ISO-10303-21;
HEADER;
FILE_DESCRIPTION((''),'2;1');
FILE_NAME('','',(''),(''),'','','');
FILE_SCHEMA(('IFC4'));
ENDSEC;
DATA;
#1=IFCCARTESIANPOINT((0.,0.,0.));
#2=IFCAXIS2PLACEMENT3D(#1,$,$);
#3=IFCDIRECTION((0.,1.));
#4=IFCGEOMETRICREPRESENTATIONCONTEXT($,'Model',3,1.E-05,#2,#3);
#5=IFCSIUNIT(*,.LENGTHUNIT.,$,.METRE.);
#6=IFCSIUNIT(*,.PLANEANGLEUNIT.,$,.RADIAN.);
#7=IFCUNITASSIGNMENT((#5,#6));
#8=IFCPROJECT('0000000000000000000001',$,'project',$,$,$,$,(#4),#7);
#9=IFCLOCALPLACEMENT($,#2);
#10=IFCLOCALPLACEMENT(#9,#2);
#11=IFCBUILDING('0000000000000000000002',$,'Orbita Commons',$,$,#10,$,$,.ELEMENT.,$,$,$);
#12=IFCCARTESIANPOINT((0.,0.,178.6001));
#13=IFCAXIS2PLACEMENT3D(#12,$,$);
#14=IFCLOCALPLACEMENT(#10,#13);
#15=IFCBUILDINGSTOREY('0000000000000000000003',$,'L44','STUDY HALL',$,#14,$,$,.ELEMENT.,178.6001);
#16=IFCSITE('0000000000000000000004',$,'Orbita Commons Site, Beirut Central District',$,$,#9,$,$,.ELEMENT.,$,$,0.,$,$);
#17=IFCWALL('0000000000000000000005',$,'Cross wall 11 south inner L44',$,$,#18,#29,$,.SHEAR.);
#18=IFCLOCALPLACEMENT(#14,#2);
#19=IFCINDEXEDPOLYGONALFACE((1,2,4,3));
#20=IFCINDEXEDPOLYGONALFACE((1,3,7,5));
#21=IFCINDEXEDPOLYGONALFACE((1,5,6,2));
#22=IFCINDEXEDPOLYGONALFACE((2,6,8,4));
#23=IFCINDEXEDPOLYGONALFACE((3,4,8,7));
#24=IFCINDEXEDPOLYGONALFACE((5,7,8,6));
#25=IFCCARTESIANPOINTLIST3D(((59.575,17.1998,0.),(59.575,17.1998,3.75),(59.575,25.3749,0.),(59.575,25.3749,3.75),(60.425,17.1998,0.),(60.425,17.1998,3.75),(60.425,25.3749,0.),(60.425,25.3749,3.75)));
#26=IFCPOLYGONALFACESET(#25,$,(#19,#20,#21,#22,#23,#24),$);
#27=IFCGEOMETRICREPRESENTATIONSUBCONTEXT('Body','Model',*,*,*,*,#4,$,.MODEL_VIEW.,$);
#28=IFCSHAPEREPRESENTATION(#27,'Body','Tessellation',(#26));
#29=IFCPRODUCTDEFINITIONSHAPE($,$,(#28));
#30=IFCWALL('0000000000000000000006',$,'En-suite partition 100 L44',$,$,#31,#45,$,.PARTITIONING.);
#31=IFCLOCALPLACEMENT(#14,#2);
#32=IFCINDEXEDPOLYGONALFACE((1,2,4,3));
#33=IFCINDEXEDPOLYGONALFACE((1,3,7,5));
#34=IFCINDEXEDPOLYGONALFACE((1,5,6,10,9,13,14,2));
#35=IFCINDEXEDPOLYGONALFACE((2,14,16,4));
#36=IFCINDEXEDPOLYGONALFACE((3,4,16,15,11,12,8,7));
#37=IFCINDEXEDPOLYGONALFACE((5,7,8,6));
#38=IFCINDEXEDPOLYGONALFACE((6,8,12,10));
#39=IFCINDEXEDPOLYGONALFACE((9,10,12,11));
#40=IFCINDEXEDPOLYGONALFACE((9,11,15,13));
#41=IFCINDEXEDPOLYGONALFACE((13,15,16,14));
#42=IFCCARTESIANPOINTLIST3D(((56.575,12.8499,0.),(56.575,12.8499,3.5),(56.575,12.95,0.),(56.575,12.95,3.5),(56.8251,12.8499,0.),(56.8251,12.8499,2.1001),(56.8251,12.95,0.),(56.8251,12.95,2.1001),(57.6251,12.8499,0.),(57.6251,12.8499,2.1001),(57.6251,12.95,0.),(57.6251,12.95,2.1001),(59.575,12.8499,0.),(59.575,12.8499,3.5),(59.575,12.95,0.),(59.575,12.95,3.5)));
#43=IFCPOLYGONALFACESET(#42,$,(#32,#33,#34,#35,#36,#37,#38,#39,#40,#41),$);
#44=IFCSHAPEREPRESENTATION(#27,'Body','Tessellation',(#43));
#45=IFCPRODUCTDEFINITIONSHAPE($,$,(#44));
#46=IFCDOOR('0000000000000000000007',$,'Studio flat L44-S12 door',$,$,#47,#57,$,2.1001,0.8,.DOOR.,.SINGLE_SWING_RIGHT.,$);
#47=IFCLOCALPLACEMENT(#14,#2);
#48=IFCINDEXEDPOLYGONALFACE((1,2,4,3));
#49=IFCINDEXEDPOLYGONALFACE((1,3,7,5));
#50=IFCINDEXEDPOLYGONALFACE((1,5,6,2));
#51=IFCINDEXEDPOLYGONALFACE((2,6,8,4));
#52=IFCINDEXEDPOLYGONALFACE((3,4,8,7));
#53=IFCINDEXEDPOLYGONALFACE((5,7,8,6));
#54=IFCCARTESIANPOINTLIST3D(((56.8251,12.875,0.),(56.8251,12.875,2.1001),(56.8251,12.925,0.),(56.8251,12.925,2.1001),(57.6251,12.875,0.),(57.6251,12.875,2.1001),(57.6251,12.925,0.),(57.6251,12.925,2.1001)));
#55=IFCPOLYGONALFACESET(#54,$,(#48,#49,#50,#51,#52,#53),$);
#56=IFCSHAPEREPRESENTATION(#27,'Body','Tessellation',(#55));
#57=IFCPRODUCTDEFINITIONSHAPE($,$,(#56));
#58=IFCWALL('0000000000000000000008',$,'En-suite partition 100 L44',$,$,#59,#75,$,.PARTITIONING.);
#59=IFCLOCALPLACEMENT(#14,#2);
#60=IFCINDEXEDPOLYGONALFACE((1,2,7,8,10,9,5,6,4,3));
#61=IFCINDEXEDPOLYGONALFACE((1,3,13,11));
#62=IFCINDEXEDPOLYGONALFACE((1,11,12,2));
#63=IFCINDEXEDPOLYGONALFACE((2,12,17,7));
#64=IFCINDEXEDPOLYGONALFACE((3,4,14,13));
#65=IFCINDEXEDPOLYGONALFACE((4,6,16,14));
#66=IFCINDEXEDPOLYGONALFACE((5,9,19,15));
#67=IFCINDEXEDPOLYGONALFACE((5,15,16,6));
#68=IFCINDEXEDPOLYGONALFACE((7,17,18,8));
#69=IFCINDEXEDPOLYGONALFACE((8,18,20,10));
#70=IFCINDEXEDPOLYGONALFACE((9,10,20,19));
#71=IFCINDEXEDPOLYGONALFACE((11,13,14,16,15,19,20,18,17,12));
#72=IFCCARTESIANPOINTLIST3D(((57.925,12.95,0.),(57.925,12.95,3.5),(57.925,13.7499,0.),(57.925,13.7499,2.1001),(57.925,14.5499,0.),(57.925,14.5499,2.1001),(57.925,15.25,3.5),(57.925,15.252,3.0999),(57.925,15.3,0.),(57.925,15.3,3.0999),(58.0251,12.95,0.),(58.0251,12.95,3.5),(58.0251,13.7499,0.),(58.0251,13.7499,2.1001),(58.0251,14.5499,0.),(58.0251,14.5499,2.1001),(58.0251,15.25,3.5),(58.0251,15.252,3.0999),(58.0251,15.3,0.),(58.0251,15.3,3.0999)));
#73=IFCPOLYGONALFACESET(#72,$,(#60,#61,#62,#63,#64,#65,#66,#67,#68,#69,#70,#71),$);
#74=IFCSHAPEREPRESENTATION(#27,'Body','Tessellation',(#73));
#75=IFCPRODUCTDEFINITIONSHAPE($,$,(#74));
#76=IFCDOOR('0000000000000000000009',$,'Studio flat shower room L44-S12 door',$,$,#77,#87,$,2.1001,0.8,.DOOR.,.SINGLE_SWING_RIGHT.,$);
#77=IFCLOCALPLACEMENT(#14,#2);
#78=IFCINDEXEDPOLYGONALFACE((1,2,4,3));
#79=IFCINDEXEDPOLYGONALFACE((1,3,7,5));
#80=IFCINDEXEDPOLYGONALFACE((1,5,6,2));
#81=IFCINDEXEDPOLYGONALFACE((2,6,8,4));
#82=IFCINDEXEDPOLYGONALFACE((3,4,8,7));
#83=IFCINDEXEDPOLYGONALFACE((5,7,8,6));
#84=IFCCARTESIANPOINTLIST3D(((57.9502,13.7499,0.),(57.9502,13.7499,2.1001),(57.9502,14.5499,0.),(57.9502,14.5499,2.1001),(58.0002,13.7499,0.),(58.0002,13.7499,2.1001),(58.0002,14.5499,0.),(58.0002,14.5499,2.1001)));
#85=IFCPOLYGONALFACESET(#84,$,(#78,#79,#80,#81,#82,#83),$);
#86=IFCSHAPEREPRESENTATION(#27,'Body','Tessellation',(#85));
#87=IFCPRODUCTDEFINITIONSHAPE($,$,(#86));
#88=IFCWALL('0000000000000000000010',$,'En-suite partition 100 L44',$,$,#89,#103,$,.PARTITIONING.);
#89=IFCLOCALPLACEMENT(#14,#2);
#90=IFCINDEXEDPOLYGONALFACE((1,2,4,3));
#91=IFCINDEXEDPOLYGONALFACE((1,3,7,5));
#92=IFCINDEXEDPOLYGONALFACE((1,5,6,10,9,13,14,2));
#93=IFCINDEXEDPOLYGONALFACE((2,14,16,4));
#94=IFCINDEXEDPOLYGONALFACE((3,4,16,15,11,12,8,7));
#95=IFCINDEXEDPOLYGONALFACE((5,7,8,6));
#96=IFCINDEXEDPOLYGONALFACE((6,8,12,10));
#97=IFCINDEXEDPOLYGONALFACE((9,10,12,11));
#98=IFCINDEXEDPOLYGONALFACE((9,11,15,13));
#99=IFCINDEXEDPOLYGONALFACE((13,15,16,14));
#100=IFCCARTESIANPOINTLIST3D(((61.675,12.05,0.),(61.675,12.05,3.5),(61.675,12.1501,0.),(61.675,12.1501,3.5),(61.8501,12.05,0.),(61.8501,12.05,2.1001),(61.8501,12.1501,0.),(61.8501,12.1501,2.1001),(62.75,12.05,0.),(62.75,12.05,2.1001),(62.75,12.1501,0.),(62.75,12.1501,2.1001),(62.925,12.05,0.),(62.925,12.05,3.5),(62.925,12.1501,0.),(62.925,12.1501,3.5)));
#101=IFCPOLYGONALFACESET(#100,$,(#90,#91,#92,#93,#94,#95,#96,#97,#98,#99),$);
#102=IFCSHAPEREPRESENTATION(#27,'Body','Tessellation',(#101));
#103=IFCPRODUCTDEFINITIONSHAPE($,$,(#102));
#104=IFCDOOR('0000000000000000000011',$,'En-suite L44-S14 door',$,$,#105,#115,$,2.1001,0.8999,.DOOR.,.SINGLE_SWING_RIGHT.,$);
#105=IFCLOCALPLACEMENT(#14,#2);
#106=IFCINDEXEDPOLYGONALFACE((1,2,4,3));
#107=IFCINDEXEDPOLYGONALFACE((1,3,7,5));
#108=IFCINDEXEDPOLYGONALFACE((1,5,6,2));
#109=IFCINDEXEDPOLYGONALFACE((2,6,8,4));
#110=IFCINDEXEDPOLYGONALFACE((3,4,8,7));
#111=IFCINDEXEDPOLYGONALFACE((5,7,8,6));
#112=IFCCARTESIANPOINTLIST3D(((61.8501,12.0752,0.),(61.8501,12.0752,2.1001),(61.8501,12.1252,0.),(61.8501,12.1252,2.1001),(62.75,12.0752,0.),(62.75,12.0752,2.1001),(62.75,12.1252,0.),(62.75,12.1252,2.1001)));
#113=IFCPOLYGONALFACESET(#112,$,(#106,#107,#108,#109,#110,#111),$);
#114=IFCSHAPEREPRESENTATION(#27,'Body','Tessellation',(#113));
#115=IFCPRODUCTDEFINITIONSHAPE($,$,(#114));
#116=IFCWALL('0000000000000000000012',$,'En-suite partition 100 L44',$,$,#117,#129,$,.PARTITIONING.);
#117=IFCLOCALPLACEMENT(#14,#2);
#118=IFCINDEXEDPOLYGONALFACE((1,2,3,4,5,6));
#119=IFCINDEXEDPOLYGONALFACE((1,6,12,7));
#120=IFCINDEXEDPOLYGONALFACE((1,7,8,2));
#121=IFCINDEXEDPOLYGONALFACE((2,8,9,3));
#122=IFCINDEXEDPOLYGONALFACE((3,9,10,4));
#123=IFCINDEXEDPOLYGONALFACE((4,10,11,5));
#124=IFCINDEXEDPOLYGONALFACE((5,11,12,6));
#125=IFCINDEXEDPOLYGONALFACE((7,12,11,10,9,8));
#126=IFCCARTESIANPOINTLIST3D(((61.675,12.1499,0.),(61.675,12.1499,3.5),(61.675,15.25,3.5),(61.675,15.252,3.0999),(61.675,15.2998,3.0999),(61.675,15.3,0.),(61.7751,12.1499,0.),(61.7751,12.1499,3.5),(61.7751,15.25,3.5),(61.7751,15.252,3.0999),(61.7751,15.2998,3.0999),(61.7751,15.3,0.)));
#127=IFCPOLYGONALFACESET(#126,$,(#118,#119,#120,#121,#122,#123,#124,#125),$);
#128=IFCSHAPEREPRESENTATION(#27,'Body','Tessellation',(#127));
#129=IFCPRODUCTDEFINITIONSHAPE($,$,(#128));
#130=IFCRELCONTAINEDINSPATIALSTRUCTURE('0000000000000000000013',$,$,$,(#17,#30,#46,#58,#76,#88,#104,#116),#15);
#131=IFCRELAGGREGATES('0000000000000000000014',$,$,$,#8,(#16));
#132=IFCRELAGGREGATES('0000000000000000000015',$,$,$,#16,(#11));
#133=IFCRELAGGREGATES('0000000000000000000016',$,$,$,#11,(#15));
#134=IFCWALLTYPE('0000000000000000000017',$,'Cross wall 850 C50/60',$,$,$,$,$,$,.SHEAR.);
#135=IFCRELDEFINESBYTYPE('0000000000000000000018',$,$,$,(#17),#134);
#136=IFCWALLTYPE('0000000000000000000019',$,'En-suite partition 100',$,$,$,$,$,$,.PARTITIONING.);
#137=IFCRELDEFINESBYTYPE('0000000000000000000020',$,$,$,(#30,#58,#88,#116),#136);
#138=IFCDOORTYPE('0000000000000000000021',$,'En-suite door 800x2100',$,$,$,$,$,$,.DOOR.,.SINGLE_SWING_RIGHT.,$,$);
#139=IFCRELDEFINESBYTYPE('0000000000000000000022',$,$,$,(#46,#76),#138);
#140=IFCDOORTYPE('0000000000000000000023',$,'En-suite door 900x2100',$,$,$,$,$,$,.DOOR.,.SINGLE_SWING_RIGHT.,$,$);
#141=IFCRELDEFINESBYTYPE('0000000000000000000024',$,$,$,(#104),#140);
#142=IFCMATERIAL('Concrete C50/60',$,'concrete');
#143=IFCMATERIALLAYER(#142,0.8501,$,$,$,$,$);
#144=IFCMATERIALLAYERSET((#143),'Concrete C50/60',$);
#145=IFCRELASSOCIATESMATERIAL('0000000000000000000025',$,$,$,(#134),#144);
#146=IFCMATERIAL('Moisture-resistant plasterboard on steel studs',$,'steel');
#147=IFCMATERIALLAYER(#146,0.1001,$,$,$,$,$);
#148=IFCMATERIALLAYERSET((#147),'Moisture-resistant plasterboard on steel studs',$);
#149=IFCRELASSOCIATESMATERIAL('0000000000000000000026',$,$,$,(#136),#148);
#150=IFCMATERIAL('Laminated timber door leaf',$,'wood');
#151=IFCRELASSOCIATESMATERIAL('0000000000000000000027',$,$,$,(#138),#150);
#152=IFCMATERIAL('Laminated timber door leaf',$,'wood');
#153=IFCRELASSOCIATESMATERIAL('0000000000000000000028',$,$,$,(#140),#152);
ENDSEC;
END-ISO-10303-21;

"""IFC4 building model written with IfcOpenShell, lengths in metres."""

from ifc_helpers import new_model, si_unit, direction, frame, frame_2d, origin, place, context, subcontext, project, spatial, polyline, rectangle, outline, extrude, material, layer, layer_set, type_object, element, fill, save


model = new_model("IFC4")

# Units and contexts
model_context = context("Model", 3, precision=1e-05, world=origin(), true_north=direction((0.0, 1.0)))
body_context = subcontext(model_context, "Body", "Model", "MODEL_VIEW")
ifc_project = project(units=[si_unit("LENGTHUNIT", "METRE"), si_unit("PLANEANGLEUNIT", "RADIAN")], contexts=[model_context])

# Site, building, storey
site_placement = place(None, origin())
site = spatial("IfcSite", under=ifc_project, at=site_placement, Name="Orbita Commons Site, Beirut Central District", CompositionType="ELEMENT", RefElevation=0.0)
building_placement = place(site_placement, origin())
building = spatial("IfcBuilding", under=site, at=building_placement, Name="Orbita Commons", CompositionType="ELEMENT")
storey_placement = place(building_placement, frame((0.0, 0.0, 178.6001)))
storey = spatial("IfcBuildingStorey", under=building, at=storey_placement, Name="L44", Description="STUDY HALL", CompositionType="ELEMENT", Elevation=178.6001)

# Wall
ifc_material_1 = material(Name="Concrete C50/60", Category="concrete")
ifc_layer_1 = layer(ifc_material_1, 0.8501)
ifc_layer_set_1 = layer_set([ifc_layer_1], Name="Concrete C50/60")
wall_type_1 = type_object("IfcWallType", Name="Cross wall 850 C50/60", PredefinedType="SHEAR", material=ifc_layer_set_1)
wall_1_placement = place(storey_placement, frame((60.0, 17.2, 0.0), z_axis=(0.0, 0.0, 1.0), x_axis=(0.0, 1.0, 0.0)))
element("IfcWall", 1, at=wall_1_placement, inside=storey, type_object=wall_type_1, Name="Cross wall 11 south inner L44", PredefinedType="SHEAR", context=body_context, shape_type="SweptSolid", body=[
    extrude(rectangle(XDim=8.175, YDim=0.8501, at=frame_2d((4.0874, 0.0))), origin(), (0.0, 0.0, 1.0), 3.75),
])

# Walls, openings, doors
ifc_material_2 = material(Name="Moisture-resistant plasterboard on steel studs", Category="steel")
ifc_layer_2 = layer(ifc_material_2, 0.1001)
ifc_layer_set_2 = layer_set([ifc_layer_2], Name="Moisture-resistant plasterboard on steel studs")
wall_type_2 = type_object("IfcWallType", Name="En-suite partition 100", PredefinedType="PARTITIONING", material=ifc_layer_set_2)
wall_2_placement = place(storey_placement, frame((59.575, 12.8999, 0.0), z_axis=(0.0, 0.0, 1.0), x_axis=(-1.0, 0.0, 0.0)))
wall_2 = element("IfcWall", 2, at=wall_2_placement, inside=storey, type_object=wall_type_2, Name="En-suite partition 100 L44", PredefinedType="PARTITIONING", context=body_context, shape_type="SweptSolid", body=[
    extrude(rectangle(XDim=3.0, YDim=0.1001, at=frame_2d((1.5, 0.0))), origin(), (0.0, 0.0, 1.0), 3.5),
])
opening_1_placement = place(wall_2_placement, frame((1.95, 0.0, 0.0)))
opening_1 = element("IfcOpeningElement", 3, at=opening_1_placement, cuts=wall_2, PredefinedType="OPENING", context=body_context, shape_type="SweptSolid", body=[
    extrude(rectangle(XDim=0.8, YDim=2.1001, at=frame_2d((0.3999, 1.05))), frame((0.0, 0.0601, 0.0), z_axis=(0.0, -1.0, 0.0), x_axis=(1.0, 0.0, 0.0)), (0.0, 0.0, 1.0), 0.1201),
])
ifc_material_3 = material(Name="Laminated timber door leaf", Category="wood")
door_type_1 = type_object("IfcDoorType", Name="En-suite door 800x2100", OperationType="SINGLE_SWING_RIGHT", PredefinedType="DOOR", material=ifc_material_3)
door_1_placement = place(opening_1_placement, origin())
door_1 = element("IfcDoor", 4, at=door_1_placement, inside=storey, type_object=door_type_1, Name="Studio flat L44-S12 door", OperationType="SINGLE_SWING_RIGHT", OverallHeight=2.1001, OverallWidth=0.8, PredefinedType="DOOR", context=body_context, shape_type="SweptSolid", body=[
    extrude(rectangle(XDim=0.8, YDim=2.1001, at=frame_2d((0.3999, 1.05))), frame((0.0, 0.0249, 0.0), z_axis=(0.0, -1.0, 0.0), x_axis=(1.0, 0.0, 0.0)), (0.0, 0.0, 1.0), 0.05),
])
fill(opening_1, door_1)
wall_3_placement = place(storey_placement, frame((57.9751, 12.95, 0.0), z_axis=(0.0, 0.0, 1.0), x_axis=(0.0, 1.0, 0.0)))
wall_3 = element("IfcWall", 5, at=wall_3_placement, inside=storey, type_object=wall_type_2, Name="En-suite partition 100 L44", PredefinedType="PARTITIONING", context=body_context, shape_type="SweptSolid", body=[
    extrude(outline(polyline([(0.0, 0.0), (2.3501, 0.0), (2.3501, 3.0999), (2.302, 3.0999), (2.3, 3.5), (0.0, 3.5), (0.0, 0.0)])), frame((0.0, 0.05, 0.0), z_axis=(0.0, -1.0, 0.0), x_axis=(1.0, 0.0, 0.0)), (0.0, 0.0, 1.0), 0.1001),
])
opening_2_placement = place(wall_3_placement, frame((0.8, 0.0, 0.0)))
opening_2 = element("IfcOpeningElement", 6, at=opening_2_placement, cuts=wall_3, PredefinedType="OPENING", context=body_context, shape_type="SweptSolid", body=[
    extrude(rectangle(XDim=0.8, YDim=2.1001, at=frame_2d((0.3999, 1.05))), frame((0.0, 0.0601, 0.0), z_axis=(0.0, -1.0, 0.0), x_axis=(1.0, 0.0, 0.0)), (0.0, 0.0, 1.0), 0.1201),
])
door_2_placement = place(opening_2_placement, origin())
door_2 = element("IfcDoor", 7, at=door_2_placement, inside=storey, type_object=door_type_1, Name="Studio flat shower room L44-S12 door", OperationType="SINGLE_SWING_RIGHT", OverallHeight=2.1001, OverallWidth=0.8, PredefinedType="DOOR", context=body_context, shape_type="SweptSolid", body=[
    extrude(rectangle(XDim=0.8, YDim=2.1001, at=frame_2d((0.3999, 1.05))), frame((0.0, 0.0249, 0.0), z_axis=(0.0, -1.0, 0.0), x_axis=(1.0, 0.0, 0.0)), (0.0, 0.0, 1.0), 0.05),
])
fill(opening_2, door_2)
wall_4_placement = place(storey_placement, frame((62.925, 12.1001, 0.0), z_axis=(0.0, 0.0, 1.0), x_axis=(-1.0, 0.0, 0.0)))
wall_4 = element("IfcWall", 8, at=wall_4_placement, inside=storey, type_object=wall_type_2, Name="En-suite partition 100 L44", PredefinedType="PARTITIONING", context=body_context, shape_type="SweptSolid", body=[
    extrude(rectangle(XDim=1.25, YDim=0.1001, at=frame_2d((0.625, 0.0))), origin(), (0.0, 0.0, 1.0), 3.5),
])
opening_3_placement = place(wall_4_placement, frame((0.175, 0.0, 0.0)))
opening_3 = element("IfcOpeningElement", 9, at=opening_3_placement, cuts=wall_4, PredefinedType="OPENING", context=body_context, shape_type="SweptSolid", body=[
    extrude(rectangle(XDim=0.8999, YDim=2.1001, at=frame_2d((0.45, 1.05))), frame((0.0, 0.0601, 0.0), z_axis=(0.0, -1.0, 0.0), x_axis=(1.0, 0.0, 0.0)), (0.0, 0.0, 1.0), 0.1201),
])
ifc_material_4 = material(Name="Laminated timber door leaf", Category="wood")
door_type_2 = type_object("IfcDoorType", Name="En-suite door 900x2100", OperationType="SINGLE_SWING_RIGHT", PredefinedType="DOOR", material=ifc_material_4)
door_3_placement = place(opening_3_placement, origin())
door_3 = element("IfcDoor", 10, at=door_3_placement, inside=storey, type_object=door_type_2, Name="En-suite L44-S14 door", OperationType="SINGLE_SWING_RIGHT", OverallHeight=2.1001, OverallWidth=0.8999, PredefinedType="DOOR", context=body_context, shape_type="SweptSolid", body=[
    extrude(rectangle(XDim=0.8999, YDim=2.1001, at=frame_2d((0.45, 1.05))), frame((0.0, 0.0249, 0.0), z_axis=(0.0, -1.0, 0.0), x_axis=(1.0, 0.0, 0.0)), (0.0, 0.0, 1.0), 0.05),
])
fill(opening_3, door_3)

# Wall
wall_5_placement = place(storey_placement, frame((61.7251, 12.1499, 0.0), z_axis=(0.0, 0.0, 1.0), x_axis=(0.0, 1.0, 0.0)))
element("IfcWall", 11, at=wall_5_placement, inside=storey, type_object=wall_type_2, Name="En-suite partition 100 L44", PredefinedType="PARTITIONING", context=body_context, shape_type="SweptSolid", body=[
    extrude(outline(polyline([(0.0, 0.0), (3.1501, 0.0), (3.1499, 3.0999), (3.1021, 3.0999), (3.1001, 3.5), (0.0, 3.5), (0.0, 0.0)])), frame((0.0, 0.05, 0.0), z_axis=(0.0, -1.0, 0.0), x_axis=(1.0, 0.0, 0.0)), (0.0, 0.0, 1.0), 0.1001),
])

save(model, "model.ifc")
